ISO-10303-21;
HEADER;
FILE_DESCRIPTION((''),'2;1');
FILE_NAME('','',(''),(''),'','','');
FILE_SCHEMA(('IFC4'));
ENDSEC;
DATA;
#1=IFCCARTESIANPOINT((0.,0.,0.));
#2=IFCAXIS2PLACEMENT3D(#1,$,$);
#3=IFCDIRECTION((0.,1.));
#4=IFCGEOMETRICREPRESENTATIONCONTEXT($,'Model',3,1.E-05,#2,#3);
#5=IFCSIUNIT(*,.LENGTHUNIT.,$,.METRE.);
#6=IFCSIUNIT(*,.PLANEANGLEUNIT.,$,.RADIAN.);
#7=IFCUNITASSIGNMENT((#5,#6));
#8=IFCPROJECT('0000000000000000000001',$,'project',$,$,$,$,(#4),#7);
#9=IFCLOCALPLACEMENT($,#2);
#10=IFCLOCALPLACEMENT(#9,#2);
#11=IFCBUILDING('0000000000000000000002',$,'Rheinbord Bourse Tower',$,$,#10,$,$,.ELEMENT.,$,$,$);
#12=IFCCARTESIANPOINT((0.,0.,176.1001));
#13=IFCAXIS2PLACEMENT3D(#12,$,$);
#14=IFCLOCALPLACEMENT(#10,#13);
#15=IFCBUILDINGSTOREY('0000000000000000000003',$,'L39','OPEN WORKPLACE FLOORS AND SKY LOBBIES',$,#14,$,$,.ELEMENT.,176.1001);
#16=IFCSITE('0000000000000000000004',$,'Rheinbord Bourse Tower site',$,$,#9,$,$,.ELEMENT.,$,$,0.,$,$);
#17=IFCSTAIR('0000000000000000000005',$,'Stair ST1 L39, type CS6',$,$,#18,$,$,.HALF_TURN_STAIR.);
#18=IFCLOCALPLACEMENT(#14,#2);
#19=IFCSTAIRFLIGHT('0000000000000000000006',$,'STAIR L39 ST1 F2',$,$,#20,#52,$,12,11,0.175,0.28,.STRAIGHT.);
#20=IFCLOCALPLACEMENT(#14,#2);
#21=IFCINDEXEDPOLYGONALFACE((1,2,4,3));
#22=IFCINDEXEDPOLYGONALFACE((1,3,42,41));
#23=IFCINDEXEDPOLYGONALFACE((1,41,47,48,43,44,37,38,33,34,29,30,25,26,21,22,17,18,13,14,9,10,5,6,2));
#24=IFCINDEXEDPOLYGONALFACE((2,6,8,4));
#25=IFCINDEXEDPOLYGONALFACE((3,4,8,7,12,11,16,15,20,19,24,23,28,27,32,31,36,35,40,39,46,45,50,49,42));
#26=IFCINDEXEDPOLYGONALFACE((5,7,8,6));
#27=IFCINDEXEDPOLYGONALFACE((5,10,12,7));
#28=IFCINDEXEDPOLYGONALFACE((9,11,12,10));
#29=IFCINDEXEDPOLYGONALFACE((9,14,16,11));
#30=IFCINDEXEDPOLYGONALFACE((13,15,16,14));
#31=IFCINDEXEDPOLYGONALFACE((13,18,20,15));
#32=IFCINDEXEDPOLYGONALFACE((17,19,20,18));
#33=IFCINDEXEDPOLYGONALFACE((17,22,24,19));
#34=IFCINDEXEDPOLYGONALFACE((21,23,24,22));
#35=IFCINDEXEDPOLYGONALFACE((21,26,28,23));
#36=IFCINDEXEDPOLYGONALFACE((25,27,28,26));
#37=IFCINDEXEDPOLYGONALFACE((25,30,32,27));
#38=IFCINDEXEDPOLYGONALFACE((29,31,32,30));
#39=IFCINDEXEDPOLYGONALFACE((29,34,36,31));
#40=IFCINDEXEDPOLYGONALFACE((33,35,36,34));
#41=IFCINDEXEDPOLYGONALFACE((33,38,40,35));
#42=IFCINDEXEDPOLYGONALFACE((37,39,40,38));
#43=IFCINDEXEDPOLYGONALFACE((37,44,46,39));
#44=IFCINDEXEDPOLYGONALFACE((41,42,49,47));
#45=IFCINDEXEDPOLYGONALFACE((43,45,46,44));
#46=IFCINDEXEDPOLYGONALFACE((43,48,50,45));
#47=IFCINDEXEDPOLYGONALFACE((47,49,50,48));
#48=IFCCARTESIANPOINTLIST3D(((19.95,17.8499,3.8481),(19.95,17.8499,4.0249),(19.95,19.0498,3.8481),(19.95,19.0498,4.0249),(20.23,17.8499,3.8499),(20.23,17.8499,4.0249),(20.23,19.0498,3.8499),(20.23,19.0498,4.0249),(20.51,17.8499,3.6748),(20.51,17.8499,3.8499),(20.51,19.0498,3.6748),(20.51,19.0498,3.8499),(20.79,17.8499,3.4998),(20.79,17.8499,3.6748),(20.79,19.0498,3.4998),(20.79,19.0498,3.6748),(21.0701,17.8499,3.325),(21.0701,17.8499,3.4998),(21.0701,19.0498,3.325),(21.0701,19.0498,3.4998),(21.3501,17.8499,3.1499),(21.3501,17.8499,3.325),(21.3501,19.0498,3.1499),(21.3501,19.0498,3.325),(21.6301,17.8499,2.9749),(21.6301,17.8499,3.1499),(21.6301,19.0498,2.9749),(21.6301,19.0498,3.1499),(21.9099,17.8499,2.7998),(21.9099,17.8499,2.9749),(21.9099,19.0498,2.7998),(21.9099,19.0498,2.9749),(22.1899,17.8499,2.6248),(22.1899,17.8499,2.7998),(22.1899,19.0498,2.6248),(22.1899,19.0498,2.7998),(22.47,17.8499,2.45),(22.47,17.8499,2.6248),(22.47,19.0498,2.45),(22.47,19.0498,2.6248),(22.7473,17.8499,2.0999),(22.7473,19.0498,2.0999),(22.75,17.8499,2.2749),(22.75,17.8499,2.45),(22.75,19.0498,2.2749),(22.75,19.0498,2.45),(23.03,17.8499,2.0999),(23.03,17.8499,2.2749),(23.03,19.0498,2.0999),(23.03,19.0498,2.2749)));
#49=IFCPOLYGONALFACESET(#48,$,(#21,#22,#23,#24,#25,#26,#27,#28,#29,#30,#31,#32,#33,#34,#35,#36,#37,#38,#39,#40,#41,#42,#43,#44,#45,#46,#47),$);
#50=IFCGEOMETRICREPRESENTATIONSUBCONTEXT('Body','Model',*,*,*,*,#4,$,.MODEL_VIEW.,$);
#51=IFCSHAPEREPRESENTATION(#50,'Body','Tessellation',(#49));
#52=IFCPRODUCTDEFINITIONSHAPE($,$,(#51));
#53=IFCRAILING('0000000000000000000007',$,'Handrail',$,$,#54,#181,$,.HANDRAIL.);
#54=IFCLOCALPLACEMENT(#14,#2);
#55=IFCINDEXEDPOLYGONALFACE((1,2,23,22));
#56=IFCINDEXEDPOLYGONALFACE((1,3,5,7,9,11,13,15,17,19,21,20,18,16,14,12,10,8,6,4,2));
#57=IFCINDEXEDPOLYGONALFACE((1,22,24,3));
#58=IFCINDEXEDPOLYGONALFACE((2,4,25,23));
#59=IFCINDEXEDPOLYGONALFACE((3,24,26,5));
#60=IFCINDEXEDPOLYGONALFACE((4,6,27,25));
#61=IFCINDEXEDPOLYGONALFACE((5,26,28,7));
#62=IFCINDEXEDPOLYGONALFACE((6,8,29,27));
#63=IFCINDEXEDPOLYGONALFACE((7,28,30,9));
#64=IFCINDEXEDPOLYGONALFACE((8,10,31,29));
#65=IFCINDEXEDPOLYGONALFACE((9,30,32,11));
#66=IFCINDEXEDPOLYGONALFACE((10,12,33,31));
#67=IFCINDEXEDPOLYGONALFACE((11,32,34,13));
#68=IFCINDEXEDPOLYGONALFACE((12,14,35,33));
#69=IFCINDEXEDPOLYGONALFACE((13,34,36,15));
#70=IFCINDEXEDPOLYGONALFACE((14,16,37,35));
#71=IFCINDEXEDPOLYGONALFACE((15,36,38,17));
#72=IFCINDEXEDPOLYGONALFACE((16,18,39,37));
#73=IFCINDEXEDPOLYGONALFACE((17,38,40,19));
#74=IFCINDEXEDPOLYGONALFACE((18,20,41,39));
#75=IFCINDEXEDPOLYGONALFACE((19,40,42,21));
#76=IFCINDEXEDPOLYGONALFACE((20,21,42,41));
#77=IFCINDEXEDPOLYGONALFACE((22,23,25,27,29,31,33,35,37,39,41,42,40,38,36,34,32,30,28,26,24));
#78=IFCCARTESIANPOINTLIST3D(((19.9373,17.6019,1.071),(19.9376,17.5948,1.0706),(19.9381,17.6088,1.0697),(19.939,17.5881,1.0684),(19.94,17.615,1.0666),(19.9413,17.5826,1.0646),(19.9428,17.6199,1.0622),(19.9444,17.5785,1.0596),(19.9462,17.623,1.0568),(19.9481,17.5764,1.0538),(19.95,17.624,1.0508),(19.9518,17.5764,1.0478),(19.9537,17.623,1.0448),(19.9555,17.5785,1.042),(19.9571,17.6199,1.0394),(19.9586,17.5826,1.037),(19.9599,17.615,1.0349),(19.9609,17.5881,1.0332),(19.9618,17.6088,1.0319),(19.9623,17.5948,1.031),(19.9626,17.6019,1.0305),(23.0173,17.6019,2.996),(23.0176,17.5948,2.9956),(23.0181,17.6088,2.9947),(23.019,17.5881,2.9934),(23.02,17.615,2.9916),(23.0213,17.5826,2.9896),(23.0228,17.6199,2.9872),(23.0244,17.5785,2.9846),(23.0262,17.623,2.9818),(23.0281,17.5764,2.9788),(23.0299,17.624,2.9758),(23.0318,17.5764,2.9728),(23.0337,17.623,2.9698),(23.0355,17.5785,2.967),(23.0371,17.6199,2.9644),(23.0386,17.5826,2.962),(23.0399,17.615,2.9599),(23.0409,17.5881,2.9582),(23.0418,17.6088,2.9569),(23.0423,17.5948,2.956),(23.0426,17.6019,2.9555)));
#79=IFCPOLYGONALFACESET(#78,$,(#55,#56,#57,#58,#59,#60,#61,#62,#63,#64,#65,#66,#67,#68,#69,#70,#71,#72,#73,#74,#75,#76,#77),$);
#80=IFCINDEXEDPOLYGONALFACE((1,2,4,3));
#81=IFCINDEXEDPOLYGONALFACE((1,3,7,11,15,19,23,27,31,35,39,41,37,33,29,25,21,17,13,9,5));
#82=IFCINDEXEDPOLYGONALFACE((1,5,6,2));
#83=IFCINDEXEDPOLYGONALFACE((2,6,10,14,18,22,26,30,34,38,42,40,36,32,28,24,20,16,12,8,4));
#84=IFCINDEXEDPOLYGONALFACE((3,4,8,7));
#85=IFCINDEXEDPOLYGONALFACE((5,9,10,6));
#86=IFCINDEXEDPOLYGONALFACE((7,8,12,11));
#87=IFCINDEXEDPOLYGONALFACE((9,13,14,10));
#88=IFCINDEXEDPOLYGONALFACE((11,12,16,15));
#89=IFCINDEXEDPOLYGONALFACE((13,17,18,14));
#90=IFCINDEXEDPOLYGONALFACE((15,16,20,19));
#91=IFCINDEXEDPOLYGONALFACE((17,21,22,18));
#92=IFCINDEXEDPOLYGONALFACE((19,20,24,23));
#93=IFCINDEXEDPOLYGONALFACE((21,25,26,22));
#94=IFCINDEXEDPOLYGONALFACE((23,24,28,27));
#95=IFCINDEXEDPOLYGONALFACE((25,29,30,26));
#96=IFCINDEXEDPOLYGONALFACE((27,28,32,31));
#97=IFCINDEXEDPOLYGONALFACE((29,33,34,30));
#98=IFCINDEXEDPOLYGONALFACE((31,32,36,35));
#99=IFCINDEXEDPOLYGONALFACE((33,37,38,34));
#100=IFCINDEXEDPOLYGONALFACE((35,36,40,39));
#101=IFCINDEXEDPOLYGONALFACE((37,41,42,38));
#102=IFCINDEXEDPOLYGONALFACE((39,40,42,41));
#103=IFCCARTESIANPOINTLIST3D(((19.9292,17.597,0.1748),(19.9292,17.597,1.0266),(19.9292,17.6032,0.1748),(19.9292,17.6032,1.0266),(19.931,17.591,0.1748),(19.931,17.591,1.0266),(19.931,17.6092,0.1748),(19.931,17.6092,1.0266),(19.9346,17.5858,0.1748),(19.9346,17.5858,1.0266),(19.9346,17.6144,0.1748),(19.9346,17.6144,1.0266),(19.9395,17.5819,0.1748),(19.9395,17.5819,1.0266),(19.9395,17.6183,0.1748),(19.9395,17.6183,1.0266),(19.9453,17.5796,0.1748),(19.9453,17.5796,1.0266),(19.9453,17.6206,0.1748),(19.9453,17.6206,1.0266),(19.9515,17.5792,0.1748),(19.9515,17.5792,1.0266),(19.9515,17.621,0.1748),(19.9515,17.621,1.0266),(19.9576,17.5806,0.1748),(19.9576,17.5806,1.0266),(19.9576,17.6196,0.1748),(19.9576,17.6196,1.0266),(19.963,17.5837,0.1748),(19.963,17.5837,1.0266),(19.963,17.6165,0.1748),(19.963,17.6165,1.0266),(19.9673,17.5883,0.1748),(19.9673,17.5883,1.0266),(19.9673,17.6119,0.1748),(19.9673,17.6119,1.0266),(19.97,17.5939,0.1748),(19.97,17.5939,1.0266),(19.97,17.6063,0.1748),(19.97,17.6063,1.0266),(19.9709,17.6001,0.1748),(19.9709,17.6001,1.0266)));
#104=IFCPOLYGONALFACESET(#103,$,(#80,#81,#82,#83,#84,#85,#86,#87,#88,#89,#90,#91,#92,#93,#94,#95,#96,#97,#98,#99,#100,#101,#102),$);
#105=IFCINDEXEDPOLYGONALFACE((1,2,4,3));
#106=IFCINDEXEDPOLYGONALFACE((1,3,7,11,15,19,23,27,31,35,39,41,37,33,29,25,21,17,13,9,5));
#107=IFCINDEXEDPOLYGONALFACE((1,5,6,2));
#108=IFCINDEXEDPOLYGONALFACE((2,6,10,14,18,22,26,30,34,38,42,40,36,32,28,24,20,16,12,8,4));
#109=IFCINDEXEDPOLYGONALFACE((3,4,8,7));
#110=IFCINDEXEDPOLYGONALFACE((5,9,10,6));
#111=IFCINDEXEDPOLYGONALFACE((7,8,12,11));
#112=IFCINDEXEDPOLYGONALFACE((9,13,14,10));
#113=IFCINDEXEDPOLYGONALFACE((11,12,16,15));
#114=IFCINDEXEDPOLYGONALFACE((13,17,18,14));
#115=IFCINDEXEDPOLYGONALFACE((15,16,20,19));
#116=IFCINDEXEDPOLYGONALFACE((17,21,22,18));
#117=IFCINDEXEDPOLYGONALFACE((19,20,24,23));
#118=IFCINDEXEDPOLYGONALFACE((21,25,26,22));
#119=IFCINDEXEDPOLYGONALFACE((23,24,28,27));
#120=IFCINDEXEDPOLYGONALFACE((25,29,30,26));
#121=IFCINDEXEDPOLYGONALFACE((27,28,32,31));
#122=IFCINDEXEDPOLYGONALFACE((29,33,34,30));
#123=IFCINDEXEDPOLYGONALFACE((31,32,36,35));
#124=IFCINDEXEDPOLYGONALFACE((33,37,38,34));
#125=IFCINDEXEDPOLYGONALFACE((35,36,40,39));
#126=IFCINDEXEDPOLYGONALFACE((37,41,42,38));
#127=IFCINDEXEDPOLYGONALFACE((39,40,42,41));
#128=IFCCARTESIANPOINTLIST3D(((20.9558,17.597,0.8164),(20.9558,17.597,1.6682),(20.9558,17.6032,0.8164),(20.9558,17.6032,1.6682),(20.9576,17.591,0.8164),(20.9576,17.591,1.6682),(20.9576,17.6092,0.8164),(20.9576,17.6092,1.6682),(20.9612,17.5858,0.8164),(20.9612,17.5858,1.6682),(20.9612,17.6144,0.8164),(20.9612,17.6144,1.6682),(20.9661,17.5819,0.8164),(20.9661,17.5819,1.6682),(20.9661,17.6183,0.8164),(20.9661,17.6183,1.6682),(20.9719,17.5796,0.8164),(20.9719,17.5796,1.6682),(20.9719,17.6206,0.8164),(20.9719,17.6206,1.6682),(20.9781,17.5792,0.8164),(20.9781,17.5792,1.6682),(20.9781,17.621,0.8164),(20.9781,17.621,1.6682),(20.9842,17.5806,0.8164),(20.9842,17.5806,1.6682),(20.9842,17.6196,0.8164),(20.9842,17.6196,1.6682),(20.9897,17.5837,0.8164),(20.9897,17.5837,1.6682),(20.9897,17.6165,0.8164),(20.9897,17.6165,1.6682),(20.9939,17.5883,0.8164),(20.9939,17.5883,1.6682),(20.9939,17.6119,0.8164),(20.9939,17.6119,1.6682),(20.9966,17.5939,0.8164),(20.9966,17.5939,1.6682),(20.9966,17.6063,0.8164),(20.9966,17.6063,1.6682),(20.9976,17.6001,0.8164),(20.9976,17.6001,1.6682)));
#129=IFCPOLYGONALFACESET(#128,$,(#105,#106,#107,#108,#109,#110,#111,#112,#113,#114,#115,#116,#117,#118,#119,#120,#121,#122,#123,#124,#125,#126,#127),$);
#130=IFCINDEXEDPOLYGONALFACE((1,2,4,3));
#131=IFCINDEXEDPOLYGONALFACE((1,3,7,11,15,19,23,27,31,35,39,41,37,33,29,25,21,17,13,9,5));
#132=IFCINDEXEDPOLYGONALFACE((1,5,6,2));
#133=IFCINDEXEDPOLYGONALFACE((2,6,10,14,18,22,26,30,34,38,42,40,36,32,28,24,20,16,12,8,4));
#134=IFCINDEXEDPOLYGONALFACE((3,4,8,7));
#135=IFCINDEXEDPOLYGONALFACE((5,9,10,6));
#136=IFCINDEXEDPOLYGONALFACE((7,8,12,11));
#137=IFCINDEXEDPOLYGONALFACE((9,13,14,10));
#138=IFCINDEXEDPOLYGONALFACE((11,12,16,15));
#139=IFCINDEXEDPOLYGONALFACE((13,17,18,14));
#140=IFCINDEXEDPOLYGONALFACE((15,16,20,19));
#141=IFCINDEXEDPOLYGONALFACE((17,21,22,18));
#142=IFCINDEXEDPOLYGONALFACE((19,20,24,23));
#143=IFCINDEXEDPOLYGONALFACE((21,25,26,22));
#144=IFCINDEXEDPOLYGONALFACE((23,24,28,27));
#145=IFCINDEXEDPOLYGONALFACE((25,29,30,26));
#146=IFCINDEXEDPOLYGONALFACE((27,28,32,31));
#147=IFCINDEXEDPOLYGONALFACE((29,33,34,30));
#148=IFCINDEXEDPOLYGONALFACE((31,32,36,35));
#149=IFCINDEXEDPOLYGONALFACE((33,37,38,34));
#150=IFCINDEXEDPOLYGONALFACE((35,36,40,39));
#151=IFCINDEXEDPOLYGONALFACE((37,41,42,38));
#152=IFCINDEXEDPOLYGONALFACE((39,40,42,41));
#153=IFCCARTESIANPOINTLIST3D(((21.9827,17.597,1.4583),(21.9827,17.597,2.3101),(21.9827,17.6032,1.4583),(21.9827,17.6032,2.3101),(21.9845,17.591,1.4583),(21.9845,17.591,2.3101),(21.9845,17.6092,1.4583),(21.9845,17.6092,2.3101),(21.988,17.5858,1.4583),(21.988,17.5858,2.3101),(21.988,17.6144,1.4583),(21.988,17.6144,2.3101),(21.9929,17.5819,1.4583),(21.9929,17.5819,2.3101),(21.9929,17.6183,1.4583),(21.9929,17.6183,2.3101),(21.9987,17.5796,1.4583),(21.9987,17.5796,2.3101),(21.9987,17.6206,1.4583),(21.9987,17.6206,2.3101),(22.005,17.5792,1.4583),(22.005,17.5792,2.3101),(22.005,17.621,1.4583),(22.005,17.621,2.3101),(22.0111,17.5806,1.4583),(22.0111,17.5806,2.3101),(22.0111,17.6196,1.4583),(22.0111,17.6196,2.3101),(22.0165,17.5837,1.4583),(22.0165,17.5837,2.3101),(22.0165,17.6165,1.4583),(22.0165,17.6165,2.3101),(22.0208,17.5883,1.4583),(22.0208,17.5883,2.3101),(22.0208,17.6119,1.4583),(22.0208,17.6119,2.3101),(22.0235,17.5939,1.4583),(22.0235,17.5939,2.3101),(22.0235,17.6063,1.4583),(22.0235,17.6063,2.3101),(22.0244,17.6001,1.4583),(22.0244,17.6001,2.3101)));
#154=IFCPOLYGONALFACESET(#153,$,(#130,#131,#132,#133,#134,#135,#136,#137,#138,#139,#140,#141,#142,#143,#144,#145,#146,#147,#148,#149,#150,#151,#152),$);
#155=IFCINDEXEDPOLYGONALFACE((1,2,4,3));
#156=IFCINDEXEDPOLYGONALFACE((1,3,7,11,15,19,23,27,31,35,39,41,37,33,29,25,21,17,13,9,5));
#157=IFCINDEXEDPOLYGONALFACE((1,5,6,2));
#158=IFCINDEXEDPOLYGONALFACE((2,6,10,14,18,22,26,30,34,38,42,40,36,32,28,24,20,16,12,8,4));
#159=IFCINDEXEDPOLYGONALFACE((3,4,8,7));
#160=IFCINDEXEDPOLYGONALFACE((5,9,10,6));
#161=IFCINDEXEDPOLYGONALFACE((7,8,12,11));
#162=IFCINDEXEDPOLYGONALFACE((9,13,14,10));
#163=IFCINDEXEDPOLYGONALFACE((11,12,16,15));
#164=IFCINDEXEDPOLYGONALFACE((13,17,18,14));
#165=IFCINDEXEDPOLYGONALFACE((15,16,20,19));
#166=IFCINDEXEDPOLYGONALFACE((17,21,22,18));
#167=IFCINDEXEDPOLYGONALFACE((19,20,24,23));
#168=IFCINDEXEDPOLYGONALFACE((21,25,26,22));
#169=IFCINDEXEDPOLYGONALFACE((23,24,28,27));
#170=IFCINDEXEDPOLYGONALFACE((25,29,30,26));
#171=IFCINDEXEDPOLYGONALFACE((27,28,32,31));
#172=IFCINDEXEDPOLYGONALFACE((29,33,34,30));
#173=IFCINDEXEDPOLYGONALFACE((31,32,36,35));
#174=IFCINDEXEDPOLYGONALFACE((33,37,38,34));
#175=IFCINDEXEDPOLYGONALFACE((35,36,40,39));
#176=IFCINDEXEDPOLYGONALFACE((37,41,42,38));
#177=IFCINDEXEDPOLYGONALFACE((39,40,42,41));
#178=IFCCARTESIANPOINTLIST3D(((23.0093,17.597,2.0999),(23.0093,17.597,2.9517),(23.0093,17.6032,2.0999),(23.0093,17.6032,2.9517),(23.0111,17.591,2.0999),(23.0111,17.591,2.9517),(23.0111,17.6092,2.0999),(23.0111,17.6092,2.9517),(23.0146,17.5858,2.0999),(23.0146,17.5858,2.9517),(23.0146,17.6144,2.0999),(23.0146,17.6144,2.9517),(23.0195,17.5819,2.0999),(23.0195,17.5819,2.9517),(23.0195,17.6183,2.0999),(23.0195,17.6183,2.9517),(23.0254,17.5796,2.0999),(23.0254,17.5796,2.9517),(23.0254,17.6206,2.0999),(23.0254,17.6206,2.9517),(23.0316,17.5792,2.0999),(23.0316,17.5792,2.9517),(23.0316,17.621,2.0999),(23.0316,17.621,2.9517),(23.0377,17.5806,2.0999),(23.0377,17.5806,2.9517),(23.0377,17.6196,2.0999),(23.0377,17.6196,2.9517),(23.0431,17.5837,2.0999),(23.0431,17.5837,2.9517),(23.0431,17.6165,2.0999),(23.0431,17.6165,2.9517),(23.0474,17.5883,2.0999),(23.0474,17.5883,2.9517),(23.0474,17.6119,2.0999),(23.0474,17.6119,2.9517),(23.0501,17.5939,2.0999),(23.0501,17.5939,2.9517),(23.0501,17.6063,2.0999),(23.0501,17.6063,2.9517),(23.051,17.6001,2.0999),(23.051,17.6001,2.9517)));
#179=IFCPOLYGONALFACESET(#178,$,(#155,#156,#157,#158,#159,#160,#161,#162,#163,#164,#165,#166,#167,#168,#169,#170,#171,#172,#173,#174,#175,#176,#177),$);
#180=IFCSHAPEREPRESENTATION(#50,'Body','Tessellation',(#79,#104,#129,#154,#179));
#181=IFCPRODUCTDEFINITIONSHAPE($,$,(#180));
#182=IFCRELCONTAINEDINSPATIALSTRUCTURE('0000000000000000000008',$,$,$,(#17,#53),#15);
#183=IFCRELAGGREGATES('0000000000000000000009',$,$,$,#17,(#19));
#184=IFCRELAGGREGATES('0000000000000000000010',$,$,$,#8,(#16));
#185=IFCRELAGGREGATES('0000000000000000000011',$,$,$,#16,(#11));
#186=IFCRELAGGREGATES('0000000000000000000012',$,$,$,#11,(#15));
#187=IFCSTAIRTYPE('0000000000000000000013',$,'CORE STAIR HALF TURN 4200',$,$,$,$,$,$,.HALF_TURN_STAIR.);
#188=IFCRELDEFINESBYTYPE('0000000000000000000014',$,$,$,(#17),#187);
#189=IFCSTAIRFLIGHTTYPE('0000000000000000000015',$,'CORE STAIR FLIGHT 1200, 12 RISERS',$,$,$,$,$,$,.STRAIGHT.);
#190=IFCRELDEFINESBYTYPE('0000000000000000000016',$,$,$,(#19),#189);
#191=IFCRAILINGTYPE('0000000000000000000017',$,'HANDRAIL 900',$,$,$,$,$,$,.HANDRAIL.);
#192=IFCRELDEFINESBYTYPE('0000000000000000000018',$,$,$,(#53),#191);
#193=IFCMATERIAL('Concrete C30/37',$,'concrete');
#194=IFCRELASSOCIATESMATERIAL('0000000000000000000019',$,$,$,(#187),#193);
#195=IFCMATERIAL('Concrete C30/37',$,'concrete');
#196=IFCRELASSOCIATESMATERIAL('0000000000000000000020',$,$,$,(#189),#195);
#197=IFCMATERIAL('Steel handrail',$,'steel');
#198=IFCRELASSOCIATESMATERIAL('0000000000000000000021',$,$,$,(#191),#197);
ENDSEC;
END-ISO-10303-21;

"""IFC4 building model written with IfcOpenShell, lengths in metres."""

from ifc_helpers import new_model, si_unit, direction, frame, origin, origin_2d, place, context, subcontext, project, spatial, polyline, circle, outline, extrude, material, type_object, element, aggregate, save


model = new_model("IFC4")

# Units and contexts
model_context = context("Model", 3, precision=1e-05, world=origin(), true_north=direction((0.0, 1.0)))
body_context = subcontext(model_context, "Body", "Model", "MODEL_VIEW")
ifc_project = project(units=[si_unit("LENGTHUNIT", "METRE"), si_unit("PLANEANGLEUNIT", "RADIAN")], contexts=[model_context])

# Site, building, storey
site_placement = place(None, origin())
site = spatial("IfcSite", under=ifc_project, at=site_placement, Name="Rheinbord Bourse Tower site", CompositionType="ELEMENT", RefElevation=0.0)
building_placement = place(site_placement, origin())
building = spatial("IfcBuilding", under=site, at=building_placement, Name="Rheinbord Bourse Tower", CompositionType="ELEMENT")
storey_placement = place(building_placement, frame((0.0, 0.0, 176.1001)))
storey = spatial("IfcBuildingStorey", under=building, at=storey_placement, Name="L39", Description="OPEN WORKPLACE FLOORS AND SKY LOBBIES", CompositionType="ELEMENT", Elevation=176.1001)

# Stair, stair flight
ifc_material_1 = material(Name="Concrete C30/37", Category="concrete")
stair_type = type_object("IfcStairType", Name="CORE STAIR HALF TURN 4200", PredefinedType="HALF_TURN_STAIR", material=ifc_material_1)
stair_placement = place(storey_placement, origin())
stair = element("IfcStair", 1, at=stair_placement, inside=storey, type_object=stair_type, Name="Stair ST1 L39, type CS6", PredefinedType="HALF_TURN_STAIR")
ifc_material_2 = material(Name="Concrete C30/37", Category="concrete")
stair_flight_type = type_object("IfcStairFlightType", Name="CORE STAIR FLIGHT 1200, 12 RISERS", PredefinedType="STRAIGHT", material=ifc_material_2)
stair_flight_1_placement = place(storey_placement, frame((23.03, 18.45, 2.0999), z_axis=(0.0, 0.0, 1.0), x_axis=(-1.0, 0.0, 0.0)))
stair_flight_1 = element("IfcStairFlight", 2, at=stair_flight_1_placement, type_object=stair_flight_type, Name="STAIR L39 ST1 F2", NumberOfRisers=12, NumberOfTreads=11, PredefinedType="STRAIGHT", RiserHeight=0.175, TreadLength=0.28, context=body_context, shape_type="SweptSolid", body=[
    extrude(outline(polyline([(0.0, 0.0), (0.0, 0.175), (0.28, 0.175), (0.28, 0.3501), (0.5601, 0.3501), (0.5601, 0.5249), (0.8401, 0.5249), (0.8401, 0.7), (1.1201, 0.7), (1.1201, 0.875), (1.3999, 0.875), (1.3999, 1.05), (1.6799, 1.05), (1.6799, 1.2251), (1.96, 1.2251), (1.96, 1.3999), (2.24, 1.3999), (2.24, 1.575), (2.52, 1.575), (2.52, 1.75), (2.8, 1.75), (2.8, 1.925), (3.0801, 1.925), (3.0801, 2.1001), (3.0801, 1.7483), (0.2827, 0.0), (0.0, 0.0)])), frame((0.0, 0.6001, 0.0), z_axis=(0.0, -1.0, 0.0), x_axis=(1.0, 0.0, 0.0)), (0.0, 0.0, 1.0), 1.2),
])
aggregate(stair, [stair_flight_1])

# Railing
ifc_material_3 = material(Name="Steel handrail", Category="steel")
railing_type = type_object("IfcRailingType", Name="HANDRAIL 900", PredefinedType="HANDRAIL", material=ifc_material_3)
railing_1_placement = place(storey_placement, frame((19.95, 17.6001, 0.1748)))
element("IfcRailing", 3, at=railing_1_placement, inside=storey, type_object=railing_type, Name="Handrail", PredefinedType="HANDRAIL", context=body_context, shape_type="SweptSolid", body=[
    extrude(circle(Radius=0.0239, at=origin_2d()), frame((0.0, 0.0, 0.876), z_axis=(0.847998, 0.0, 0.529999), x_axis=(0.0, 1.0, 0.0)), (0.0, 0.0, 1.0), 3.6321),
    extrude(circle(Radius=0.021, at=origin_2d()), origin(), (0.0, 0.0, 1.0), 0.8518),
    extrude(circle(Radius=0.021, at=origin_2d()), frame((1.0266, 0.0, 0.6416)), (0.0, 0.0, 1.0), 0.8518),
    extrude(circle(Radius=0.021, at=origin_2d()), frame((2.0535, 0.0, 1.2834)), (0.0, 0.0, 1.0), 0.8518),
    extrude(circle(Radius=0.021, at=origin_2d()), frame((3.0801, 0.0, 1.925)), (0.0, 0.0, 1.0), 0.8518),
])

save(model, "model.ifc")
